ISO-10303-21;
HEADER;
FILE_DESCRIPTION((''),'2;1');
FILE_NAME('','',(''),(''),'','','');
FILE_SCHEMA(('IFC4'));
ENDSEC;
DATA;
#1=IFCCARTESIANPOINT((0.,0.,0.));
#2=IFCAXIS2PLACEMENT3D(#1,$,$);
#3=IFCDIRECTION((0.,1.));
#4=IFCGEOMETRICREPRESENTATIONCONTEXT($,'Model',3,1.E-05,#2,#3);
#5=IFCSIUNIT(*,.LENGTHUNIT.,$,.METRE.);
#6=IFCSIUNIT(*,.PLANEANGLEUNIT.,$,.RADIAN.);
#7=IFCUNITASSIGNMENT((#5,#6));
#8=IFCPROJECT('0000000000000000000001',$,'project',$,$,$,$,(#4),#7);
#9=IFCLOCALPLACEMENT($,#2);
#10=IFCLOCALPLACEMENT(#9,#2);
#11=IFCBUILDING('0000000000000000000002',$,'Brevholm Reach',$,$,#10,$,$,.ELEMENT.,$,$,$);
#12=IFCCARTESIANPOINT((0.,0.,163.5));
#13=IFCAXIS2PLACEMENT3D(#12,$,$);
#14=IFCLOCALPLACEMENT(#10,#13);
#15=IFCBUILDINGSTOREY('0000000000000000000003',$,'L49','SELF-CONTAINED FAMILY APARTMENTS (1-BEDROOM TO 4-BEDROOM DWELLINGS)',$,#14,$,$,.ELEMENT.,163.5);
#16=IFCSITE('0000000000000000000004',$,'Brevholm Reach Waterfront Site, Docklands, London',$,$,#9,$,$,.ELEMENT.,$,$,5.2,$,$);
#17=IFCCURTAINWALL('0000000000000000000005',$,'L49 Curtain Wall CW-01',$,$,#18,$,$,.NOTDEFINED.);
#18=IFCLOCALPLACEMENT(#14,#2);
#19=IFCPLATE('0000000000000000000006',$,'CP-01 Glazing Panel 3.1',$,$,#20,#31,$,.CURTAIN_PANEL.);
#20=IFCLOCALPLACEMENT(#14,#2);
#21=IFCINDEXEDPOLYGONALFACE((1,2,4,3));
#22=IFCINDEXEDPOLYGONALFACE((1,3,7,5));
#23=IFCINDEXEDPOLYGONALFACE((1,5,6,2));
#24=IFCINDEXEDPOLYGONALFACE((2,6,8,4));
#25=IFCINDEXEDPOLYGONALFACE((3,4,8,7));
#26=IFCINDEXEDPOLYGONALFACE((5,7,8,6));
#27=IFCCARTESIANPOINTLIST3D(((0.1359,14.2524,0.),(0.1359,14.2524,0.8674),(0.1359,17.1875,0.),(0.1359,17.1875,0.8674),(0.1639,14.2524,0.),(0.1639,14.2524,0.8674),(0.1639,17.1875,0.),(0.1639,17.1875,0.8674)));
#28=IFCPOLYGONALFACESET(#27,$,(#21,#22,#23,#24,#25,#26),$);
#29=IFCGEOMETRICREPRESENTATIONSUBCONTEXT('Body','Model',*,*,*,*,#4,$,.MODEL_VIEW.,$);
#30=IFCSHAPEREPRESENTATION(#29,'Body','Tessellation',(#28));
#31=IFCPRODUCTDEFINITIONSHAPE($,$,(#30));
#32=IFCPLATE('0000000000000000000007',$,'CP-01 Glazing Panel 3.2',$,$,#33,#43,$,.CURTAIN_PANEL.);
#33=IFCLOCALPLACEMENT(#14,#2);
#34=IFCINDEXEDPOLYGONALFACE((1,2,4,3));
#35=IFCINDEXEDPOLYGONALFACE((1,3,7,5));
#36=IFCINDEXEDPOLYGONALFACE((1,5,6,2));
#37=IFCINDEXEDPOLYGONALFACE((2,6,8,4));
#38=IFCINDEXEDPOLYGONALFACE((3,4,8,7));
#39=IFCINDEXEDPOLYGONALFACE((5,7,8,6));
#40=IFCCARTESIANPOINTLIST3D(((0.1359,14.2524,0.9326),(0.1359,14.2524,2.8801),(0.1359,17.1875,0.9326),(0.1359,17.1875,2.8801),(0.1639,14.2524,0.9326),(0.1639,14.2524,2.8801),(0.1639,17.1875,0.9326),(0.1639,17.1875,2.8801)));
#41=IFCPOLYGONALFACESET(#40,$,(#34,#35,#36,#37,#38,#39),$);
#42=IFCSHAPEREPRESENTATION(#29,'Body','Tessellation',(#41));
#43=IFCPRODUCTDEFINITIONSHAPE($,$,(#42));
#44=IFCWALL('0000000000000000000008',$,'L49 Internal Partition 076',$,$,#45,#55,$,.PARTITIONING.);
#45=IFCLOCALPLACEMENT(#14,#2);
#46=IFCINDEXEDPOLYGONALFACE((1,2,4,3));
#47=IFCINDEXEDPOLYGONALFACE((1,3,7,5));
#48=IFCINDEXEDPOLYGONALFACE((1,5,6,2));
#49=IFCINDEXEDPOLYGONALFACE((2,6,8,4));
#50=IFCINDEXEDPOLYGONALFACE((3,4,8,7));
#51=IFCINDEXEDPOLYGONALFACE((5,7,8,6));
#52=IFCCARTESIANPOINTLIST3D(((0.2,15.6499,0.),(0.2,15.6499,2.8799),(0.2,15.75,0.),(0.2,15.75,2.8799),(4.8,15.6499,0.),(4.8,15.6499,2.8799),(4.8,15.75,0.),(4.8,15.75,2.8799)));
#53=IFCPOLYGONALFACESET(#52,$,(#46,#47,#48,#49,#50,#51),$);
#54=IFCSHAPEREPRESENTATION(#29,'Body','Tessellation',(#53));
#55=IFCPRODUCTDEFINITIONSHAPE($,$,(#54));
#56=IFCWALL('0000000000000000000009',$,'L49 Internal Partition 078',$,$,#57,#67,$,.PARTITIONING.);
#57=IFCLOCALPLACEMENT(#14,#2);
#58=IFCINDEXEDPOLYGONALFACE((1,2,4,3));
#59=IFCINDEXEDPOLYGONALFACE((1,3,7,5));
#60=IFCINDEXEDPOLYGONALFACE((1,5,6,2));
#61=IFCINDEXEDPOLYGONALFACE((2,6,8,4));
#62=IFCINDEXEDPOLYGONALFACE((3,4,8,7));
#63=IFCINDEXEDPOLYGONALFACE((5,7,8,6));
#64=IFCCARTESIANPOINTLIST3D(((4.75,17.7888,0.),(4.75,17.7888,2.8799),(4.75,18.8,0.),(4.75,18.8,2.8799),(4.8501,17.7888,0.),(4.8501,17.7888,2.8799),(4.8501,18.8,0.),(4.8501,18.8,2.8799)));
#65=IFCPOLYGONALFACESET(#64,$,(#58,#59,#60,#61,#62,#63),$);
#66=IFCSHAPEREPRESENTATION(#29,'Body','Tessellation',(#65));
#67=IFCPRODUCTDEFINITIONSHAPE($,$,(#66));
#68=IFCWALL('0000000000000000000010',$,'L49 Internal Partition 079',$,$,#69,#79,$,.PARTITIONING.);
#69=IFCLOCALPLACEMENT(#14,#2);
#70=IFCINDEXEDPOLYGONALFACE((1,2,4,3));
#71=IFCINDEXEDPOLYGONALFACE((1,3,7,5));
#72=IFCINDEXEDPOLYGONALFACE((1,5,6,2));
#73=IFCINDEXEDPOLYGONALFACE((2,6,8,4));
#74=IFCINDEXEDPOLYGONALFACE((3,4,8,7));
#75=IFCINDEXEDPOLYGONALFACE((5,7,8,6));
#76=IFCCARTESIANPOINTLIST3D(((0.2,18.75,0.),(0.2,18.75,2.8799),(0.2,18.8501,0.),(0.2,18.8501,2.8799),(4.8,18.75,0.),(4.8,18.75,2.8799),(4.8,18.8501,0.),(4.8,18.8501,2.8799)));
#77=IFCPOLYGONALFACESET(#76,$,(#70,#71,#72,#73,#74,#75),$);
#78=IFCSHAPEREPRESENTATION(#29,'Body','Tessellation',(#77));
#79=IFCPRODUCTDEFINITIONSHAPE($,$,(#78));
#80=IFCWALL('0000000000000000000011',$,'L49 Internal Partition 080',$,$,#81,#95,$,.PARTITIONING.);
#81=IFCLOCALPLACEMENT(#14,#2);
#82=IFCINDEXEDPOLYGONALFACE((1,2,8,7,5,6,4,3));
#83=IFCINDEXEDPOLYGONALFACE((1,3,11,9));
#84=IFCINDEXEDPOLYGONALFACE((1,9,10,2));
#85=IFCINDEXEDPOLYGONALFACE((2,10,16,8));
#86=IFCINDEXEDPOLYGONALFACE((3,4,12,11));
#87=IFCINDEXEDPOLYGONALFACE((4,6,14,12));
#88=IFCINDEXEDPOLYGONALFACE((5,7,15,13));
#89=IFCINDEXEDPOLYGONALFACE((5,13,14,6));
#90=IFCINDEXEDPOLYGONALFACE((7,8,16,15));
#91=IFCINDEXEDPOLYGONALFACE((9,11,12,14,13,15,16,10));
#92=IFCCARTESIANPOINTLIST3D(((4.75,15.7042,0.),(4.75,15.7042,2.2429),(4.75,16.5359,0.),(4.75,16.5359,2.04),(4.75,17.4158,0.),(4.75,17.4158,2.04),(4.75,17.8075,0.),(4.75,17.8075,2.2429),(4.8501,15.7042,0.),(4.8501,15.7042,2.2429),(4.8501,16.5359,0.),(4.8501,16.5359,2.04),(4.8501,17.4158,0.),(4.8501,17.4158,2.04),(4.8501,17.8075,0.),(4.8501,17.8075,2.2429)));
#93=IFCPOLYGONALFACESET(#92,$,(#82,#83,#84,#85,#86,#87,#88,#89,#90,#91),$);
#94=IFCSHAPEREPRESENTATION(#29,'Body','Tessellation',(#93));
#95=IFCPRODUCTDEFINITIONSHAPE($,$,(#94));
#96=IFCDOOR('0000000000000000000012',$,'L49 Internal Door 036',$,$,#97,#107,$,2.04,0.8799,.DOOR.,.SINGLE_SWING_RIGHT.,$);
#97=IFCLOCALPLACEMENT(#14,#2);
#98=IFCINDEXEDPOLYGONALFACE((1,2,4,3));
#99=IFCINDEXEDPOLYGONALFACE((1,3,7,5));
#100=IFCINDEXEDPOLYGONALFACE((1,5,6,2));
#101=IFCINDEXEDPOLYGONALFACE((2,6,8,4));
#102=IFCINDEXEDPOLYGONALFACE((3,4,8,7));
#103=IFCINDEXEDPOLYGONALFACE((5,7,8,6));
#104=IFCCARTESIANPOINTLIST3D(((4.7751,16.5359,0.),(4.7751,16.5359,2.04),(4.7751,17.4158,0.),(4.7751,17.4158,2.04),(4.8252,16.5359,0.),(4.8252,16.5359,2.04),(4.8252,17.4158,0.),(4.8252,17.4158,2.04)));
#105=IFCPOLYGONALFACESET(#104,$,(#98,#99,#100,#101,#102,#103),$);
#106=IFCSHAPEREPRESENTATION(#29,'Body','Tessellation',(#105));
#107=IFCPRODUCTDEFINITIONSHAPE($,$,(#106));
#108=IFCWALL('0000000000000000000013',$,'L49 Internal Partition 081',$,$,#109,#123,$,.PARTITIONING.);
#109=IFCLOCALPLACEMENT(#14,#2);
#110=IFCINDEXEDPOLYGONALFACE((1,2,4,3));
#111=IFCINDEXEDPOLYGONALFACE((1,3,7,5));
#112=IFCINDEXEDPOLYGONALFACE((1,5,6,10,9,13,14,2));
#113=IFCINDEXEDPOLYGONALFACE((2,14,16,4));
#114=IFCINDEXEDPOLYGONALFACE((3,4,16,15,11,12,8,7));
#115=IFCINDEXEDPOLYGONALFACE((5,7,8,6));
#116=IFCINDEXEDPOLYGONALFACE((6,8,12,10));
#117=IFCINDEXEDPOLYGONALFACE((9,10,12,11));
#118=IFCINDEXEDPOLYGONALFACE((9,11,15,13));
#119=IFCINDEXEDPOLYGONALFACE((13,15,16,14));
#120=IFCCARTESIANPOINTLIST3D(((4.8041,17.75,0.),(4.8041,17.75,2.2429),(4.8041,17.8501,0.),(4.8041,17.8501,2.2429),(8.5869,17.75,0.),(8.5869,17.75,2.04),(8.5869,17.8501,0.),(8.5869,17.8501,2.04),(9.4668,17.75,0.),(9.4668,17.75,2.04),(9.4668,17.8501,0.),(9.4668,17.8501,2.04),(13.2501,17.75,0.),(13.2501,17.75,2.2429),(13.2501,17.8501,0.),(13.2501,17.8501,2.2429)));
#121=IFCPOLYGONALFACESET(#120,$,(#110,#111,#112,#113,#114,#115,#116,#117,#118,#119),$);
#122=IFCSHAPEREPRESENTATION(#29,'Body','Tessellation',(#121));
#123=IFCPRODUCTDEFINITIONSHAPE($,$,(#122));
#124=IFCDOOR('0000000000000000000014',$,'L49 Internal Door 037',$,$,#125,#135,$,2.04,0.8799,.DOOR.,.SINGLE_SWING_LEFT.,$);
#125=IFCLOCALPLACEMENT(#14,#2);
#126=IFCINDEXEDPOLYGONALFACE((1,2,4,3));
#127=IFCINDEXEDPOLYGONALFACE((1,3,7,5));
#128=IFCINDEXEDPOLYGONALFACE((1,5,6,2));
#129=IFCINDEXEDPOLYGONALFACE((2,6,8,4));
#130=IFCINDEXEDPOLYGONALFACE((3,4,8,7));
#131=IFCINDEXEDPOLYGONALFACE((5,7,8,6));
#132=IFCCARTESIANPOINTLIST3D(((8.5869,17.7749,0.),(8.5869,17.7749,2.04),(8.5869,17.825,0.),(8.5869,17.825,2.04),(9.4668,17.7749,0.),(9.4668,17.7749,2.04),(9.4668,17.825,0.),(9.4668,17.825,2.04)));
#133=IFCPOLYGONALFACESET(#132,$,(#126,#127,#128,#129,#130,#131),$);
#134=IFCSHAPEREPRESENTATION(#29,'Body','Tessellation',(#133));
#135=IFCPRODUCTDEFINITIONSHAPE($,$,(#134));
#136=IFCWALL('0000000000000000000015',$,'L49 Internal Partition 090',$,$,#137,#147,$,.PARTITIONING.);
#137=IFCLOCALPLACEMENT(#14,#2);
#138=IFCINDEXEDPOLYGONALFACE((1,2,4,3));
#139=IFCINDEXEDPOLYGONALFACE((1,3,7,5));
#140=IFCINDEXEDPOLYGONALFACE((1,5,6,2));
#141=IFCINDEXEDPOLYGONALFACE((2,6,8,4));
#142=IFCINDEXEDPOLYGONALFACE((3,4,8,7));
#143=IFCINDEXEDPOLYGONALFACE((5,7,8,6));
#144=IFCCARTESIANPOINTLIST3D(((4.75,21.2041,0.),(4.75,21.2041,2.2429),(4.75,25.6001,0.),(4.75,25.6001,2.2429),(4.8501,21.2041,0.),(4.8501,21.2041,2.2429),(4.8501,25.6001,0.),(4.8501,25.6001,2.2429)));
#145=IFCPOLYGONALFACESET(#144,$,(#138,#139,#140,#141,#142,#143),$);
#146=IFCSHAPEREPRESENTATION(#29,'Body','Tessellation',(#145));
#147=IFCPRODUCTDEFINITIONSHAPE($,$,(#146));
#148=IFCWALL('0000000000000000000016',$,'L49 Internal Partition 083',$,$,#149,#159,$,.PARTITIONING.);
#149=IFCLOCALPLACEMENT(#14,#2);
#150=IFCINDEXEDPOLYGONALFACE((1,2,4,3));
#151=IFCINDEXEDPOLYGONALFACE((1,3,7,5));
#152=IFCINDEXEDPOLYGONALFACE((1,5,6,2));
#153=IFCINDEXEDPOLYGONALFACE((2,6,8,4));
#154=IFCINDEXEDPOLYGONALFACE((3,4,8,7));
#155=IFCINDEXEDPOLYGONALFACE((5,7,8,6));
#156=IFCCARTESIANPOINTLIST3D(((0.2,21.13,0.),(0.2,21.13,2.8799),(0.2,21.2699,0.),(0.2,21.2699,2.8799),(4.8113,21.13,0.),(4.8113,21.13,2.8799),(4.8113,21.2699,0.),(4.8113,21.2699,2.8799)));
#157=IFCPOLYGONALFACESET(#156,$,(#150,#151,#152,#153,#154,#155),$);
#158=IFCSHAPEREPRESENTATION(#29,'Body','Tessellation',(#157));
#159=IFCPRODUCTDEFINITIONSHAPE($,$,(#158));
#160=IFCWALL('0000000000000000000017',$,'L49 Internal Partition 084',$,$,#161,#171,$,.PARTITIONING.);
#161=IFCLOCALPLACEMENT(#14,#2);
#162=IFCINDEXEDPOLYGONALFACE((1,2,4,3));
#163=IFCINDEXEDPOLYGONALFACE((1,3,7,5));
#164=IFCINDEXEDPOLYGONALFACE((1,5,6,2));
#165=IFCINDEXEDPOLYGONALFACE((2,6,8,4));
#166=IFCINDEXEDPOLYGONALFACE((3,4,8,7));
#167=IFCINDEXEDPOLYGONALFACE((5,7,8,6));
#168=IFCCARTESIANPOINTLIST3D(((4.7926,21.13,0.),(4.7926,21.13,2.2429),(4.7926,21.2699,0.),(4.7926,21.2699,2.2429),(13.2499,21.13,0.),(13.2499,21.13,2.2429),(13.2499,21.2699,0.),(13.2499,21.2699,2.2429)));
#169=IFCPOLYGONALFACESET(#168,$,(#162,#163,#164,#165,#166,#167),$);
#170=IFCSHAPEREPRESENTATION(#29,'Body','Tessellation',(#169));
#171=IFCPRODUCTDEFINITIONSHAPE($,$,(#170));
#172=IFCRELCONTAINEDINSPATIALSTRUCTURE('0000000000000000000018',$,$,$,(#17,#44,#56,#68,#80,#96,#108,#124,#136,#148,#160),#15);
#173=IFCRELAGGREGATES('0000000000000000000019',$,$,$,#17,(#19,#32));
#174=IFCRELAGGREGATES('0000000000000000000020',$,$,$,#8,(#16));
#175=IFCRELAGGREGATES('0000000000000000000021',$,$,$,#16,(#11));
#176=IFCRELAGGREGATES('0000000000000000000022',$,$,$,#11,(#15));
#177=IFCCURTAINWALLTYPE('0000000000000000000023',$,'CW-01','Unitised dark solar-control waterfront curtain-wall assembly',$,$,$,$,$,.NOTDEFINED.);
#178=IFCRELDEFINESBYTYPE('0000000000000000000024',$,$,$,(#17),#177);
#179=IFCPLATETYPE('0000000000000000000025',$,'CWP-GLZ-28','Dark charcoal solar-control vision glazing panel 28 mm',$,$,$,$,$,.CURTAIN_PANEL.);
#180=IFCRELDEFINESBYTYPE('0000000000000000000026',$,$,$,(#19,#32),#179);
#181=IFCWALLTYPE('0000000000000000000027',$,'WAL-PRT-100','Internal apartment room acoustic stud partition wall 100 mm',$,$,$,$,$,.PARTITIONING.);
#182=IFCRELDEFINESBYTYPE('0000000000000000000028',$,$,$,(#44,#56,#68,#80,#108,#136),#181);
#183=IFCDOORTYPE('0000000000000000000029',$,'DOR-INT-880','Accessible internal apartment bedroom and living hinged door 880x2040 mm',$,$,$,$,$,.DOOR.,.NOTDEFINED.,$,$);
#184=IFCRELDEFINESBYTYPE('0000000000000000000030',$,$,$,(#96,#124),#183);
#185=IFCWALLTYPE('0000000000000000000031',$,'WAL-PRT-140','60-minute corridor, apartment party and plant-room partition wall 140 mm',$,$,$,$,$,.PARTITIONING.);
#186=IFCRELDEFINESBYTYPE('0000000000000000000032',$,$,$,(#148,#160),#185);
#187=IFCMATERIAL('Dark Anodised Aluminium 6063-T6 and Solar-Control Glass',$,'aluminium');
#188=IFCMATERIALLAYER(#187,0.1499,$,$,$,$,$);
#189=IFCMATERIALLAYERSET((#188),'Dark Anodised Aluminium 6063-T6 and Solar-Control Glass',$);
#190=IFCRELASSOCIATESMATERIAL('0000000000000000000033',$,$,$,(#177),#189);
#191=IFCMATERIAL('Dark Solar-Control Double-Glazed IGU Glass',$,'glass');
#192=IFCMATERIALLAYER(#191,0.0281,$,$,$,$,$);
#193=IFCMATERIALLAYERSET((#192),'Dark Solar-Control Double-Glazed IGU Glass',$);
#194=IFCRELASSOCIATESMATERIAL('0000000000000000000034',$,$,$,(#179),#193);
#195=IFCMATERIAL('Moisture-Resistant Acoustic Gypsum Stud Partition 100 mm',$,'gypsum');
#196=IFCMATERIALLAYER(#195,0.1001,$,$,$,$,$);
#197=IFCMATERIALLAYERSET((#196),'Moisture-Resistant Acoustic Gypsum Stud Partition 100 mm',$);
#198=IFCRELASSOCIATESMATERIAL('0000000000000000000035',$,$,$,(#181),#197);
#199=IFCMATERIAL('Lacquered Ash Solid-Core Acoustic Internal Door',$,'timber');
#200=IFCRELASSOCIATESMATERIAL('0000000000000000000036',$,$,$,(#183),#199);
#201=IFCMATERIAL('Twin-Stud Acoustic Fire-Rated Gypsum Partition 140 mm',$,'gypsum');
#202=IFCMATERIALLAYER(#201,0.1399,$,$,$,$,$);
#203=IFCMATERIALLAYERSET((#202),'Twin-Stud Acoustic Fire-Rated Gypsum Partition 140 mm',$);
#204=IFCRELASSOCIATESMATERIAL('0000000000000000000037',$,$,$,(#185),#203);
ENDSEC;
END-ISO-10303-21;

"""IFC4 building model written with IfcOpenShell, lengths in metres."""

from ifc_helpers import new_model, si_unit, direction, frame, frame_2d, origin, origin_2d, place, context, subcontext, project, spatial, rectangle, extrude, material, layer, layer_set, type_object, element, fill, aggregate, save


model = new_model("IFC4")

# Units and contexts
model_context = context("Model", 3, precision=1e-05, world=origin(), true_north=direction((0.0, 1.0)))
body_context = subcontext(model_context, "Body", "Model", "MODEL_VIEW")
ifc_project = project(units=[si_unit("LENGTHUNIT", "METRE"), si_unit("PLANEANGLEUNIT", "RADIAN")], contexts=[model_context])

# Site, building, storey
site_placement = place(None, origin())
site = spatial("IfcSite", under=ifc_project, at=site_placement, Name="Brevholm Reach Waterfront Site, Docklands, London", CompositionType="ELEMENT", RefElevation=5.2)
building_placement = place(site_placement, origin())
building = spatial("IfcBuilding", under=site, at=building_placement, Name="Brevholm Reach", CompositionType="ELEMENT")
storey_placement = place(building_placement, frame((0.0, 0.0, 163.5)))
storey = spatial("IfcBuildingStorey", under=building, at=storey_placement, Name="L49", Description="SELF-CONTAINED FAMILY APARTMENTS (1-BEDROOM TO 4-BEDROOM DWELLINGS)", CompositionType="ELEMENT", Elevation=163.5)

# Curtain wall, plates
ifc_material_1 = material(Name="Dark Anodised Aluminium 6063-T6 and Solar-Control Glass", Category="aluminium")
ifc_layer_1 = layer(ifc_material_1, 0.1499)
ifc_layer_set_1 = layer_set([ifc_layer_1], Name="Dark Anodised Aluminium 6063-T6 and Solar-Control Glass")
curtain_wall_type = type_object("IfcCurtainWallType", Name="CW-01", Description="Unitised dark solar-control waterfront curtain-wall assembly", PredefinedType="NOTDEFINED", material=ifc_layer_set_1)
curtain_wall_placement = place(storey_placement, origin())
curtain_wall = element("IfcCurtainWall", 1, at=curtain_wall_placement, inside=storey, type_object=curtain_wall_type, Name="L49 Curtain Wall CW-01", PredefinedType="NOTDEFINED")
ifc_material_2 = material(Name="Dark Solar-Control Double-Glazed IGU Glass", Category="glass")
ifc_layer_2 = layer(ifc_material_2, 0.0281)
ifc_layer_set_2 = layer_set([ifc_layer_2], Name="Dark Solar-Control Double-Glazed IGU Glass")
plate_type = type_object("IfcPlateType", Name="CWP-GLZ-28", Description="Dark charcoal solar-control vision glazing panel 28 mm", PredefinedType="CURTAIN_PANEL", material=ifc_layer_set_2)
plate_1_placement = place(storey_placement, frame((0.1499, 15.72, 0.0), z_axis=(0.0, 0.0, 1.0), x_axis=(0.0, -1.0, 0.0)))
plate_1 = element("IfcPlate", 2, at=plate_1_placement, type_object=plate_type, Name="CP-01 Glazing Panel 3.1", PredefinedType="CURTAIN_PANEL", context=body_context, shape_type="SweptSolid", body=[
    extrude(rectangle(XDim=2.9351, YDim=0.0281, at=origin_2d()), origin(), (0.0, 0.0, 1.0), 0.8674),
])
plate_2_placement = place(storey_placement, frame((0.1499, 15.72, 0.9326), z_axis=(0.0, 0.0, 1.0), x_axis=(0.0, -1.0, 0.0)))
plate_2 = element("IfcPlate", 3, at=plate_2_placement, type_object=plate_type, Name="CP-01 Glazing Panel 3.2", PredefinedType="CURTAIN_PANEL", context=body_context, shape_type="SweptSolid", body=[
    extrude(rectangle(XDim=2.9351, YDim=0.0281, at=origin_2d()), origin(), (0.0, 0.0, 1.0), 1.9475),
])
aggregate(curtain_wall, [plate_1, plate_2])

# Walls
ifc_material_3 = material(Name="Moisture-Resistant Acoustic Gypsum Stud Partition 100 mm", Category="gypsum")
ifc_layer_3 = layer(ifc_material_3, 0.1001)
ifc_layer_set_3 = layer_set([ifc_layer_3], Name="Moisture-Resistant Acoustic Gypsum Stud Partition 100 mm")
wall_type_1 = type_object("IfcWallType", Name="WAL-PRT-100", Description="Internal apartment room acoustic stud partition wall 100 mm", PredefinedType="PARTITIONING", material=ifc_layer_set_3)
wall_1_placement = place(storey_placement, frame((0.2, 15.7, 0.0), z_axis=(0.0, 0.0, 1.0), x_axis=(1.0, 0.0, 0.0)))
element("IfcWall", 4, at=wall_1_placement, inside=storey, type_object=wall_type_1, Name="L49 Internal Partition 076", PredefinedType="PARTITIONING", context=body_context, shape_type="SweptSolid", body=[
    extrude(rectangle(XDim=4.6001, YDim=0.1001, at=frame_2d((2.3, 0.0))), origin(), (0.0, 0.0, 1.0), 2.8799),
])
wall_2_placement = place(storey_placement, frame((4.8, 17.7888, 0.0), z_axis=(0.0, 0.0, 1.0), x_axis=(0.0, 1.0, 0.0)))
element("IfcWall", 5, at=wall_2_placement, inside=storey, type_object=wall_type_1, Name="L49 Internal Partition 078", PredefinedType="PARTITIONING", context=body_context, shape_type="SweptSolid", body=[
    extrude(rectangle(XDim=1.0112, YDim=0.1001, at=frame_2d((0.5056, 0.0))), origin(), (0.0, 0.0, 1.0), 2.8799),
])
wall_3_placement = place(storey_placement, frame((0.2, 18.8, 0.0), z_axis=(0.0, 0.0, 1.0), x_axis=(1.0, 0.0, 0.0)))
element("IfcWall", 6, at=wall_3_placement, inside=storey, type_object=wall_type_1, Name="L49 Internal Partition 079", PredefinedType="PARTITIONING", context=body_context, shape_type="SweptSolid", body=[
    extrude(rectangle(XDim=4.6001, YDim=0.1001, at=frame_2d((2.3, 0.0))), origin(), (0.0, 0.0, 1.0), 2.8799),
])

# Walls, openings, doors
wall_4_placement = place(storey_placement, frame((4.8, 15.7041, 0.0), z_axis=(0.0, 0.0, 1.0), x_axis=(0.0, 1.0, 0.0)))
wall_4 = element("IfcWall", 7, at=wall_4_placement, inside=storey, type_object=wall_type_1, Name="L49 Internal Partition 080", PredefinedType="PARTITIONING", context=body_context, shape_type="SweptSolid", body=[
    extrude(rectangle(XDim=2.1033, YDim=0.1001, at=frame_2d((1.0518, 0.0))), origin(), (0.0, 0.0, 1.0), 2.2429),
])
opening_1_placement = place(wall_4_placement, frame((0.8318, 0.0, 0.0)))
opening_1 = element("IfcOpeningElement", 8, at=opening_1_placement, cuts=wall_4, PredefinedType="OPENING", context=body_context, shape_type="SweptSolid", body=[
    extrude(rectangle(XDim=0.8799, YDim=2.04, at=frame_2d((0.4399, 1.02))), frame((0.0, 0.0601, 0.0), z_axis=(0.0, -1.0, 0.0), x_axis=(1.0, 0.0, 0.0)), (0.0, 0.0, 1.0), 0.1201),
])
ifc_material_4 = material(Name="Lacquered Ash Solid-Core Acoustic Internal Door", Category="timber")
door_type = type_object("IfcDoorType", Name="DOR-INT-880", Description="Accessible internal apartment bedroom and living hinged door 880x2040 mm", OperationType="NOTDEFINED", PredefinedType="DOOR", material=ifc_material_4)
door_1_placement = place(opening_1_placement, origin())
door_1 = element("IfcDoor", 9, at=door_1_placement, inside=storey, type_object=door_type, Name="L49 Internal Door 036", OperationType="SINGLE_SWING_RIGHT", OverallHeight=2.04, OverallWidth=0.8799, PredefinedType="DOOR", context=body_context, shape_type="SweptSolid", body=[
    extrude(rectangle(XDim=0.8799, YDim=2.04, at=frame_2d((0.4399, 1.02))), frame((0.0, 0.0249, 0.0), z_axis=(0.0, -1.0, 0.0), x_axis=(1.0, 0.0, 0.0)), (0.0, 0.0, 1.0), 0.05),
])
fill(opening_1, door_1)
wall_5_placement = place(storey_placement, frame((4.804, 17.8, 0.0), z_axis=(0.0, 0.0, 1.0), x_axis=(1.0, 0.0, 0.0)))
wall_5 = element("IfcWall", 10, at=wall_5_placement, inside=storey, type_object=wall_type_1, Name="L49 Internal Partition 081", PredefinedType="PARTITIONING", context=body_context, shape_type="SweptSolid", body=[
    extrude(rectangle(XDim=8.446, YDim=0.1001, at=frame_2d((4.2231, 0.0))), origin(), (0.0, 0.0, 1.0), 2.2429),
])
opening_2_placement = place(wall_5_placement, frame((3.783, 0.0, 0.0)))
opening_2 = element("IfcOpeningElement", 11, at=opening_2_placement, cuts=wall_5, PredefinedType="OPENING", context=body_context, shape_type="SweptSolid", body=[
    extrude(rectangle(XDim=0.8799, YDim=2.04, at=frame_2d((0.4399, 1.02))), frame((0.0, 0.0601, 0.0), z_axis=(0.0, -1.0, 0.0), x_axis=(1.0, 0.0, 0.0)), (0.0, 0.0, 1.0), 0.1201),
])
door_2_placement = place(opening_2_placement, origin())
door_2 = element("IfcDoor", 12, at=door_2_placement, inside=storey, type_object=door_type, Name="L49 Internal Door 037", OperationType="SINGLE_SWING_LEFT", OverallHeight=2.04, OverallWidth=0.8799, PredefinedType="DOOR", context=body_context, shape_type="SweptSolid", body=[
    extrude(rectangle(XDim=0.8799, YDim=2.04, at=frame_2d((0.4399, 1.02))), frame((0.0, 0.0249, 0.0), z_axis=(0.0, -1.0, 0.0), x_axis=(1.0, 0.0, 0.0)), (0.0, 0.0, 1.0), 0.05),
])
fill(opening_2, door_2)

# Walls
wall_6_placement = place(storey_placement, frame((4.8, 21.2041, 0.0), z_axis=(0.0, 0.0, 1.0), x_axis=(0.0, 1.0, 0.0)))
element("IfcWall", 13, at=wall_6_placement, inside=storey, type_object=wall_type_1, Name="L49 Internal Partition 090", PredefinedType="PARTITIONING", context=body_context, shape_type="SweptSolid", body=[
    extrude(rectangle(XDim=4.396, YDim=0.1001, at=frame_2d((2.198, 0.0))), origin(), (0.0, 0.0, 1.0), 2.2429),
])
ifc_material_5 = material(Name="Twin-Stud Acoustic Fire-Rated Gypsum Partition 140 mm", Category="gypsum")
ifc_layer_4 = layer(ifc_material_5, 0.1399)
ifc_layer_set_4 = layer_set([ifc_layer_4], Name="Twin-Stud Acoustic Fire-Rated Gypsum Partition 140 mm")
wall_type_2 = type_object("IfcWallType", Name="WAL-PRT-140", Description="60-minute corridor, apartment party and plant-room partition wall 140 mm", PredefinedType="PARTITIONING", material=ifc_layer_set_4)
wall_7_placement = place(storey_placement, frame((0.2, 21.2, 0.0), z_axis=(0.0, 0.0, 1.0), x_axis=(1.0, 0.0, 0.0)))
element("IfcWall", 14, at=wall_7_placement, inside=storey, type_object=wall_type_2, Name="L49 Internal Partition 083", PredefinedType="PARTITIONING", context=body_context, shape_type="SweptSolid", body=[
    extrude(rectangle(XDim=4.6113, YDim=0.1399, at=frame_2d((2.3057, 0.0))), origin(), (0.0, 0.0, 1.0), 2.8799),
])
wall_8_placement = place(storey_placement, frame((4.7927, 21.2, 0.0), z_axis=(0.0, 0.0, 1.0), x_axis=(1.0, 0.0, 0.0)))
element("IfcWall", 15, at=wall_8_placement, inside=storey, type_object=wall_type_2, Name="L49 Internal Partition 084", PredefinedType="PARTITIONING", context=body_context, shape_type="SweptSolid", body=[
    extrude(rectangle(XDim=8.4573, YDim=0.1399, at=frame_2d((4.2285, 0.0))), origin(), (0.0, 0.0, 1.0), 2.2429),
])

save(model, "model.ifc")
